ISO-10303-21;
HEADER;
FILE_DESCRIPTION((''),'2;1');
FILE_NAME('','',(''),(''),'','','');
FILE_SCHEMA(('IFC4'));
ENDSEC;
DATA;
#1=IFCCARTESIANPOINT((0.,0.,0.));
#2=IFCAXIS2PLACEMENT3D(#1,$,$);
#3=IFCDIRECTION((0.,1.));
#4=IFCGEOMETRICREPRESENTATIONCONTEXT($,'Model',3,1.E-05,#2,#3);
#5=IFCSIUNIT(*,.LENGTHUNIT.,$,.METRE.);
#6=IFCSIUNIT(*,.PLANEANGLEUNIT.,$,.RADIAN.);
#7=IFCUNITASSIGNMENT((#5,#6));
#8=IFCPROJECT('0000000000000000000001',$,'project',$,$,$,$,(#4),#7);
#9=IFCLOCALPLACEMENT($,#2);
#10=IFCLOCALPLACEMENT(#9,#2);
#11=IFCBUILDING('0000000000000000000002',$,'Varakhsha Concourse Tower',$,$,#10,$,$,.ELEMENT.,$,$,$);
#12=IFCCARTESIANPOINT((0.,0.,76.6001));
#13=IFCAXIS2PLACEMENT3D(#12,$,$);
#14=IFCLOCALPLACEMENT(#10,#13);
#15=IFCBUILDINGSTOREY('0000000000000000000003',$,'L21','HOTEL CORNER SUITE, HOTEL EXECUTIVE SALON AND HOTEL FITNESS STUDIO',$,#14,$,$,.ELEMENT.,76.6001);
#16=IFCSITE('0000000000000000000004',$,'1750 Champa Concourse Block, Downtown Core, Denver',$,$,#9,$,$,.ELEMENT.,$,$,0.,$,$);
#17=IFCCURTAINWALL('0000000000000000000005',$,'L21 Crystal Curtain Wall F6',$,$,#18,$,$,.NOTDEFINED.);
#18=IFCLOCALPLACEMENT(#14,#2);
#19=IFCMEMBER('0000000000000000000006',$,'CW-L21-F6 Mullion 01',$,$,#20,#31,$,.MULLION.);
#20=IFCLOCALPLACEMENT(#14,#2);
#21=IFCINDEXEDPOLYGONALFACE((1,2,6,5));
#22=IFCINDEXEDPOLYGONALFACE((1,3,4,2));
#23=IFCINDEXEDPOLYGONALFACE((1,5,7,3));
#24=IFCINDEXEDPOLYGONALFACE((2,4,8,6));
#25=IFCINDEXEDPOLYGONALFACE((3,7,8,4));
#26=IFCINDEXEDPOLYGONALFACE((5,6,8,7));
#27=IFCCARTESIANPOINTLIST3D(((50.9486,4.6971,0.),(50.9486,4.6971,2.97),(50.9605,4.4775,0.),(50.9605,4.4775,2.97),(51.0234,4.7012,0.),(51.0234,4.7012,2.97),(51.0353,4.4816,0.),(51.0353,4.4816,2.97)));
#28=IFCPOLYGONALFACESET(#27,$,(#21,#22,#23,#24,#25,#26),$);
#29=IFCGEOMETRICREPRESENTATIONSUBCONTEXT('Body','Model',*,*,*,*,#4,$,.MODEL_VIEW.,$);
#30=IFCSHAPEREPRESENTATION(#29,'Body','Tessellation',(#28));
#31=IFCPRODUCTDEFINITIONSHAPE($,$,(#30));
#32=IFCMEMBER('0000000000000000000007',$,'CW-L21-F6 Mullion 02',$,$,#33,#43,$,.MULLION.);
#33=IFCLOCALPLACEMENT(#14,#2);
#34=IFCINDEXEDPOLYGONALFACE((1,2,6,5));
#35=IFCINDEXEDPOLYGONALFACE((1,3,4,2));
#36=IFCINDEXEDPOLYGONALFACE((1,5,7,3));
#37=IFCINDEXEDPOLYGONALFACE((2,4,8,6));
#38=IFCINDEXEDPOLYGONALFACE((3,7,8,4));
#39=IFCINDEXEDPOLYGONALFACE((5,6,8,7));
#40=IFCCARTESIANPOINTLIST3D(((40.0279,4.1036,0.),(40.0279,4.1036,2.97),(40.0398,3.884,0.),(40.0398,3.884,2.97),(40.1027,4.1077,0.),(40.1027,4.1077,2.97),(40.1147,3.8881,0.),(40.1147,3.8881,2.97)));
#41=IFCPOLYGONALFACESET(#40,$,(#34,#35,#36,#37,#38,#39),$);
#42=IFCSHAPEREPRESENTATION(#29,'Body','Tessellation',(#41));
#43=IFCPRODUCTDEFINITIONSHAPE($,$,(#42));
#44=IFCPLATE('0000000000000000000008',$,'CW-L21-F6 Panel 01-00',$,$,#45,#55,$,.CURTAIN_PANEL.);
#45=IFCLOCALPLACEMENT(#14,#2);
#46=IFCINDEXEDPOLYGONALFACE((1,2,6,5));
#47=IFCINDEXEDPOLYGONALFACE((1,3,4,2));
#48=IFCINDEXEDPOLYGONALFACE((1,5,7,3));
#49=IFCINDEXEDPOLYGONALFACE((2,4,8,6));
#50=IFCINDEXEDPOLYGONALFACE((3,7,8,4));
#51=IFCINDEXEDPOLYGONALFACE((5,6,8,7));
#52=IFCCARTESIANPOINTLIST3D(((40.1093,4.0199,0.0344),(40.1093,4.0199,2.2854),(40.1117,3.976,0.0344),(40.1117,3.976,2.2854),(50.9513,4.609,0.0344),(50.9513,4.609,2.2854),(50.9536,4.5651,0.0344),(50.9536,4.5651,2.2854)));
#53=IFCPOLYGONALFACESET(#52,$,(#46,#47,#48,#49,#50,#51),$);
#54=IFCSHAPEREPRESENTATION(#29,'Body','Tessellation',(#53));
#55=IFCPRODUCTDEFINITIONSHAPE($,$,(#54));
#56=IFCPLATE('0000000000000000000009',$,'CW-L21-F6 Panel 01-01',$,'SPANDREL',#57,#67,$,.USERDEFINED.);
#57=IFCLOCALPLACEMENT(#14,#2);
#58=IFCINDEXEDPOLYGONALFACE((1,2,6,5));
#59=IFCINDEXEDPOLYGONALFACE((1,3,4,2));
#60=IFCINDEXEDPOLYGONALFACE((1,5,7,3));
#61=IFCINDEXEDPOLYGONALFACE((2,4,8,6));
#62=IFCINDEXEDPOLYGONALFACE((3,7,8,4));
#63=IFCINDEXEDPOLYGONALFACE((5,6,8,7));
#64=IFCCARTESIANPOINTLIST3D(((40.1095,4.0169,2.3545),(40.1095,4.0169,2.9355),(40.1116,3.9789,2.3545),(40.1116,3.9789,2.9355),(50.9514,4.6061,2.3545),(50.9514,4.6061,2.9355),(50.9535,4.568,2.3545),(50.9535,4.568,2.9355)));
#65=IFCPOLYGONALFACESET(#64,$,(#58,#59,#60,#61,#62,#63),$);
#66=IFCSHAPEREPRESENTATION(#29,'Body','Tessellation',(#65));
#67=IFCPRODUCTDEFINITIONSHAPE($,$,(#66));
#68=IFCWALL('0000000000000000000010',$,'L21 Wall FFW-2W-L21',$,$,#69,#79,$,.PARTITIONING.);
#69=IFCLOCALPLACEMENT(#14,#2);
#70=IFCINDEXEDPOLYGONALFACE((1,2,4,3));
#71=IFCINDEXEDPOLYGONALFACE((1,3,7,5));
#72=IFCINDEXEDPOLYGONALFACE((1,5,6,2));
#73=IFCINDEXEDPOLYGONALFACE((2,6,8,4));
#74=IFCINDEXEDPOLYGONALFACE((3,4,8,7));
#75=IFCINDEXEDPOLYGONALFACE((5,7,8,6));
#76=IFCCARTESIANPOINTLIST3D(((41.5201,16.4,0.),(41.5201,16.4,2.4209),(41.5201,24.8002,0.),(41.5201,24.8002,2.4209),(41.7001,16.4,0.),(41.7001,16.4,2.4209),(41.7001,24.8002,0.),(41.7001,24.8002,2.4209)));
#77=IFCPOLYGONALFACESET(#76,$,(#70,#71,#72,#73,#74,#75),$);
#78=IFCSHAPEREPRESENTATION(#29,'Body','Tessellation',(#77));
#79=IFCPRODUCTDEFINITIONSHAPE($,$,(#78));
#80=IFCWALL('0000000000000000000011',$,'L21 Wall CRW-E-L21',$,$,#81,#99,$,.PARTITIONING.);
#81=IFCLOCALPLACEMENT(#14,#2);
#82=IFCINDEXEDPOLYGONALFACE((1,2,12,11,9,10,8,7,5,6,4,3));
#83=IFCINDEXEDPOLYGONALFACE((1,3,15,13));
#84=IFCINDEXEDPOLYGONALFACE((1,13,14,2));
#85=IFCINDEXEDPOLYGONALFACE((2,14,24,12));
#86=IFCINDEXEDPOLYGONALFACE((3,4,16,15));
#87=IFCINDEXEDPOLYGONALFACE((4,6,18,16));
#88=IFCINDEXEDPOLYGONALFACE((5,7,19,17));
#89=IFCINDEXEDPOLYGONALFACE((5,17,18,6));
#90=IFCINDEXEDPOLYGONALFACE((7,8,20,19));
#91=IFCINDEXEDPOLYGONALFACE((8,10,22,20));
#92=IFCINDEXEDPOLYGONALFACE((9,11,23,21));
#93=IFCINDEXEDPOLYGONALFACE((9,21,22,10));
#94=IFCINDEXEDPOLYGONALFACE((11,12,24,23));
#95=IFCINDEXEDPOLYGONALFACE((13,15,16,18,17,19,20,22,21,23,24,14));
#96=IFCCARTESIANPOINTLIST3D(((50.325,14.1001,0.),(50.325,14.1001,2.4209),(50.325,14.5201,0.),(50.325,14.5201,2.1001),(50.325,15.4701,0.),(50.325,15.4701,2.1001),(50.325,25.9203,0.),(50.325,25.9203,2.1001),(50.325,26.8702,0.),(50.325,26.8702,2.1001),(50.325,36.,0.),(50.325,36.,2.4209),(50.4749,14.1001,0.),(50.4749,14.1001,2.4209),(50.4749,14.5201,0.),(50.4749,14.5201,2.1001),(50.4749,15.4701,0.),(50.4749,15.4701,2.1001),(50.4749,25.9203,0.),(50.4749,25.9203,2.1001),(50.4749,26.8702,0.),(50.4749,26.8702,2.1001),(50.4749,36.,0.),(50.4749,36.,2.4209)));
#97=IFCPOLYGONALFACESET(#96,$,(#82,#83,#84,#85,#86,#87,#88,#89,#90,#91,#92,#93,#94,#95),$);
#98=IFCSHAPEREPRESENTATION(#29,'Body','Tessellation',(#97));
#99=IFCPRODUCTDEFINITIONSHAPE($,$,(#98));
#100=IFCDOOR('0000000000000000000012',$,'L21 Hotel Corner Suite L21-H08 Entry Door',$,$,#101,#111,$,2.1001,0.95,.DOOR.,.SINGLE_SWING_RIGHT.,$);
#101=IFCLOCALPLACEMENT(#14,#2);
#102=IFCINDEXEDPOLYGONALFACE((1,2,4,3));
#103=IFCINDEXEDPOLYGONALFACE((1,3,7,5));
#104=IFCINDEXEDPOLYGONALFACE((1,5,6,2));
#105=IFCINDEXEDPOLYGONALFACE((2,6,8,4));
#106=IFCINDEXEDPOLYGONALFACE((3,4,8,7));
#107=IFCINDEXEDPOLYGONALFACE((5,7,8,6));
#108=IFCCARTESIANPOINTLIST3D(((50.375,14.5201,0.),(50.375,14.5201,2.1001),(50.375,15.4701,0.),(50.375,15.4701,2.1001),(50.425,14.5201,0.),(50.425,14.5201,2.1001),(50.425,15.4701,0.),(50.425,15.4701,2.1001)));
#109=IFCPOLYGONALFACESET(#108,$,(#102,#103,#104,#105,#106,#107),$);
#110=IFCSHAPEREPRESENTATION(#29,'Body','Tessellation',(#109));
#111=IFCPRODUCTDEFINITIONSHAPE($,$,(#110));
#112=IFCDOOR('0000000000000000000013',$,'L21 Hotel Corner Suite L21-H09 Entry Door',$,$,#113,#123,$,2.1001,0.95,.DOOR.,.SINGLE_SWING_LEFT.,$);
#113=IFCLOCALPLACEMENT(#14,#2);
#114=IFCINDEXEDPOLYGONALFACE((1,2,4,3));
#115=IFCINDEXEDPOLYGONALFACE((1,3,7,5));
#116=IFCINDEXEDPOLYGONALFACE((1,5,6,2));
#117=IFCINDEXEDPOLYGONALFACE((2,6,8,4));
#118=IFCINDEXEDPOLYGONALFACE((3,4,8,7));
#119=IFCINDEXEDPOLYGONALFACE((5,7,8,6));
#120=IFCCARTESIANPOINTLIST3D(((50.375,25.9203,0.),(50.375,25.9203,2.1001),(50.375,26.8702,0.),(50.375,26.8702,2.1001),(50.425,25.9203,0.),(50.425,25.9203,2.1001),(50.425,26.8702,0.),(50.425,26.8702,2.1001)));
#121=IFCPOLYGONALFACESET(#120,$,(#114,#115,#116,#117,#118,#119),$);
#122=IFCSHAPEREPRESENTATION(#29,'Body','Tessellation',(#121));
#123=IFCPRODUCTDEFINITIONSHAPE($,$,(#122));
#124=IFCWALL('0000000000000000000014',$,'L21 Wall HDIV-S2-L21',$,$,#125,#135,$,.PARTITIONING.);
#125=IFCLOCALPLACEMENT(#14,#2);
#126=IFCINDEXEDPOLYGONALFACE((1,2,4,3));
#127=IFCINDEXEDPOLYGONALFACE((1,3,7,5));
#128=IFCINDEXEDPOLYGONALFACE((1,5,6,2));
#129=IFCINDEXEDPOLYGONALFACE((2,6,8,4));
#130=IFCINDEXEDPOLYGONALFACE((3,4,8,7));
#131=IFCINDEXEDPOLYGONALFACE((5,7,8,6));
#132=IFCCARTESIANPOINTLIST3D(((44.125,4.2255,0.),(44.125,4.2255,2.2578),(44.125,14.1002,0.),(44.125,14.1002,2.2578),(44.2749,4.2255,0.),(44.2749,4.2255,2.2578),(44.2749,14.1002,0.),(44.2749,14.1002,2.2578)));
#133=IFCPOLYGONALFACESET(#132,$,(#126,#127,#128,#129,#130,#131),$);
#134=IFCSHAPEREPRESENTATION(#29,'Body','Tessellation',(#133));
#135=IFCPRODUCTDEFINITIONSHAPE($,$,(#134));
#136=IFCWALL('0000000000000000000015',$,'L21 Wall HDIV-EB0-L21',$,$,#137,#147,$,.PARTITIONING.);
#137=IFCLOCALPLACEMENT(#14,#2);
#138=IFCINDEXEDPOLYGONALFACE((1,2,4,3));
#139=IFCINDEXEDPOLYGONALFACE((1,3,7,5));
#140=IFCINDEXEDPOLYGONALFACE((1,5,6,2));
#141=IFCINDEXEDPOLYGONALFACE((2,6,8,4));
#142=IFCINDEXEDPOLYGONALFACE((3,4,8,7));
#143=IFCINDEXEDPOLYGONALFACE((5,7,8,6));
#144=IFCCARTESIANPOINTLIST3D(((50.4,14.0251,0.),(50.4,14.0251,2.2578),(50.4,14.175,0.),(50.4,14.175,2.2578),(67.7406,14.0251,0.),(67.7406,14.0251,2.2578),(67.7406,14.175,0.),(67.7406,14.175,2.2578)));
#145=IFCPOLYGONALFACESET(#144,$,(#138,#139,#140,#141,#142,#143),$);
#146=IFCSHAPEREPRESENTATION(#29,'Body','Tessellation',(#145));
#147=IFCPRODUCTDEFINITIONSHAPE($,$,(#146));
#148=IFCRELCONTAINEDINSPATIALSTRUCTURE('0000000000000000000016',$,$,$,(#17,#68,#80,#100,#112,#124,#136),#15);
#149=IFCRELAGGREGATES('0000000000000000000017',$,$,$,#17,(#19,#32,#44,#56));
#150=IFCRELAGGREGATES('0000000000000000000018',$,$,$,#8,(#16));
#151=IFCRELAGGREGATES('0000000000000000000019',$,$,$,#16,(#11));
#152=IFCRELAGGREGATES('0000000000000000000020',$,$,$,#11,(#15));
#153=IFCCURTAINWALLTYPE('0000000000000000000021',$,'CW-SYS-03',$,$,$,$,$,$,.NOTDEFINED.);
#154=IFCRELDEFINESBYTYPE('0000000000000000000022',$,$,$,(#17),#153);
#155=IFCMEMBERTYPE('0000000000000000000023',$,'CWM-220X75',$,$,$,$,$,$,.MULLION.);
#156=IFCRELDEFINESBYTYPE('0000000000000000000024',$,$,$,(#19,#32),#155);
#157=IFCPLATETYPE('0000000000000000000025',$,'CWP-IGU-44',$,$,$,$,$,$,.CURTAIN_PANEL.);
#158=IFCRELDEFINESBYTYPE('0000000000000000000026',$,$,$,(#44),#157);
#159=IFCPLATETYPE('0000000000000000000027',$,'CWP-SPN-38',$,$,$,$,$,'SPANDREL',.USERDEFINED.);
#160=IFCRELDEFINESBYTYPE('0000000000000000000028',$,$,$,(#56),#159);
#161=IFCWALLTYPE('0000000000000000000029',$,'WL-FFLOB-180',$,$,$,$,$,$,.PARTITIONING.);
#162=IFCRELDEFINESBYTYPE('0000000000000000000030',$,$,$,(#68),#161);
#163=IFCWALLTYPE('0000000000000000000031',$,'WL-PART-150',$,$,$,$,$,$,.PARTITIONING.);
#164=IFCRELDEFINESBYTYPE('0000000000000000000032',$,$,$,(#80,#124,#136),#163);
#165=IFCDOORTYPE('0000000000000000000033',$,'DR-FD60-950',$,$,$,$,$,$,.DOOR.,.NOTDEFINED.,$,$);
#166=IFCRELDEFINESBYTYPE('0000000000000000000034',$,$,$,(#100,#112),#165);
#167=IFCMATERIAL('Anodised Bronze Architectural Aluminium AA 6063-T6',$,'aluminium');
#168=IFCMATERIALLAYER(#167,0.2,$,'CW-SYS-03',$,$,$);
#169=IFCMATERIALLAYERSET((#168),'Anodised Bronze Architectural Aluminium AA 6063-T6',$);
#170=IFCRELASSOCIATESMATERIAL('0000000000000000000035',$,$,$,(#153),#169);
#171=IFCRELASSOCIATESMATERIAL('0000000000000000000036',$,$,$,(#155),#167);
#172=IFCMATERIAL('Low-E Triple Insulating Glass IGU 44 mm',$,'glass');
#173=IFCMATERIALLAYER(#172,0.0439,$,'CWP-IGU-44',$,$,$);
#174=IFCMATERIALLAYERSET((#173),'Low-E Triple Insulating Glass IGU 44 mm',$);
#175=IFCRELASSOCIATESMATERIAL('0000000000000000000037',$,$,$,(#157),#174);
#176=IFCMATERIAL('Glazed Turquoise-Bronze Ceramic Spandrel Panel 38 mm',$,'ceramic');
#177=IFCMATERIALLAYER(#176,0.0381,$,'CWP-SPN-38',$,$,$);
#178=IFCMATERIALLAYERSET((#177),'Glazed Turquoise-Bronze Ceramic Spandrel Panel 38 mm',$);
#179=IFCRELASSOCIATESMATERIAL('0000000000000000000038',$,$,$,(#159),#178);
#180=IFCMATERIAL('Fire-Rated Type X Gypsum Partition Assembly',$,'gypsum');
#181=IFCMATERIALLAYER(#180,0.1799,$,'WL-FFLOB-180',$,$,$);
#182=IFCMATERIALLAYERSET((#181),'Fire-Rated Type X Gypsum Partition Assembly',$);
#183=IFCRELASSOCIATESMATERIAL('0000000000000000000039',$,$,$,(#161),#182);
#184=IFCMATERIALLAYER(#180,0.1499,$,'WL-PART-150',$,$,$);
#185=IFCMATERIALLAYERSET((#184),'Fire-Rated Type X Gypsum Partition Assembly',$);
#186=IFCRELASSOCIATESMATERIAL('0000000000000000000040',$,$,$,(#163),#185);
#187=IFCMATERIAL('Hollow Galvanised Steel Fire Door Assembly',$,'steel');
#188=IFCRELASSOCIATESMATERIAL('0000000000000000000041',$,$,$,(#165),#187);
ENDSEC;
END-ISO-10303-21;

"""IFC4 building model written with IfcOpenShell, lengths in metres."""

from ifc_helpers import new_model, si_unit, direction, frame, frame_2d, origin, origin_2d, place, context, subcontext, project, spatial, rectangle, extrude, source, transform, mapped, material, layer, layer_set, material_profile, profile_set, type_object, type_shapes, element, fill, aggregate, save


model = new_model("IFC4")

# Units and contexts
model_context = context("Model", 3, precision=1e-05, world=origin(), true_north=direction((0.0, 1.0)))
body_context = subcontext(model_context, "Body", "Model", "MODEL_VIEW")
ifc_project = project(units=[si_unit("LENGTHUNIT", "METRE"), si_unit("PLANEANGLEUNIT", "RADIAN")], contexts=[model_context])

# Site, building, storey
site_placement = place(None, origin())
site = spatial("IfcSite", under=ifc_project, at=site_placement, Name="1750 Champa Concourse Block, Downtown Core, Denver", CompositionType="ELEMENT", RefElevation=0.0)
building_placement = place(site_placement, origin())
building = spatial("IfcBuilding", under=site, at=building_placement, Name="Varakhsha Concourse Tower", CompositionType="ELEMENT")
storey_placement = place(building_placement, frame((0.0, 0.0, 76.6001)))
storey = spatial("IfcBuildingStorey", under=building, at=storey_placement, Name="L21", Description="HOTEL CORNER SUITE, HOTEL EXECUTIVE SALON AND HOTEL FITNESS STUDIO", CompositionType="ELEMENT", Elevation=76.6001)

# Shared definitions
ifc_material_1 = material(Name="Anodised Bronze Architectural Aluminium AA 6063-T6", Category="aluminium")
ifc_layer_1 = layer(ifc_material_1, 0.2, Name="CW-SYS-03")
ifc_layer_set_1 = layer_set([ifc_layer_1], Name="Anodised Bronze Architectural Aluminium AA 6063-T6")
curtain_wall_type = type_object("IfcCurtainWallType", Name="CW-SYS-03", PredefinedType="NOTDEFINED", material=ifc_layer_set_1)
ifc_material_profile_1 = material_profile(ifc_material_1, rectangle(XDim=0.075, YDim=0.22, at=origin_2d()), Name="CWM-220X75")
ifc_profile_set_1 = profile_set([ifc_material_profile_1], Name="Anodised Bronze Architectural Aluminium AA 6063-T6")
member_type_1 = type_object("IfcMemberType", Name="CWM-220X75", PredefinedType="MULLION", material=ifc_profile_set_1)
shared_shape_1 = source(origin(), body_context, "Body", "SweptSolid", [
    extrude(rectangle(XDim=0.075, YDim=0.22, at=origin_2d()), origin(), (0.0, 0.0, 1.0), 2.97),
])
type_shapes(member_type_1, [shared_shape_1])

# Curtain wall, members, plates
curtain_wall_1_placement = place(storey_placement, origin())
curtain_wall_1 = element("IfcCurtainWall", 1, at=curtain_wall_1_placement, inside=storey, type_object=curtain_wall_type, Name="L21 Crystal Curtain Wall F6", PredefinedType="NOTDEFINED")
member_1_placement = place(storey_placement, frame((50.9919, 4.5894, 0.0), z_axis=(0.0, 0.0, 1.0), x_axis=(-0.998527, -0.054257, 0.0)))
member_1 = element("IfcMember", 2, at=member_1_placement, type_object=member_type_1, Name="CW-L21-F6 Mullion 01", PredefinedType="MULLION", context=body_context, shape_type="MappedRepresentation", body=[
    mapped(shared_shape_1, transform((0.0, 0.0, 0.0), scale=1.0)),
])
member_2_placement = place(storey_placement, frame((40.0713, 3.9958, 0.0), z_axis=(0.0, 0.0, 1.0), x_axis=(-0.998527, -0.054257, 0.0)))
member_2 = element("IfcMember", 3, at=member_2_placement, type_object=member_type_1, Name="CW-L21-F6 Mullion 02", PredefinedType="MULLION", context=body_context, shape_type="MappedRepresentation", body=[
    mapped(shared_shape_1, transform((0.0, 0.0, 0.0), scale=1.0)),
])
ifc_material_2 = material(Name="Low-E Triple Insulating Glass IGU 44 mm", Category="glass")
ifc_layer_2 = layer(ifc_material_2, 0.0439, Name="CWP-IGU-44")
ifc_layer_set_2 = layer_set([ifc_layer_2], Name="Low-E Triple Insulating Glass IGU 44 mm")
plate_type_1 = type_object("IfcPlateType", Name="CWP-IGU-44", PredefinedType="CURTAIN_PANEL", material=ifc_layer_set_2)
shared_shape_2 = source(origin(), body_context, "Body", "SweptSolid", [
    extrude(rectangle(XDim=10.8579, YDim=0.0439, at=origin_2d()), origin(), (0.0, 0.0, 1.0), 2.251),
])
type_shapes(plate_type_1, [shared_shape_2])
plate_1_placement = place(storey_placement, frame((45.5315, 4.2925, 0.0344), z_axis=(0.0, 0.0, 1.0), x_axis=(-0.998527, -0.054257, 0.0)))
plate_1 = element("IfcPlate", 4, at=plate_1_placement, type_object=plate_type_1, Name="CW-L21-F6 Panel 01-00", PredefinedType="CURTAIN_PANEL", context=body_context, shape_type="MappedRepresentation", body=[
    mapped(shared_shape_2, transform((0.0, 0.0, 0.0), scale=1.0)),
])
ifc_material_3 = material(Name="Glazed Turquoise-Bronze Ceramic Spandrel Panel 38 mm", Category="ceramic")
ifc_layer_3 = layer(ifc_material_3, 0.0381, Name="CWP-SPN-38")
ifc_layer_set_3 = layer_set([ifc_layer_3], Name="Glazed Turquoise-Bronze Ceramic Spandrel Panel 38 mm")
plate_type_2 = type_object("IfcPlateType", Name="CWP-SPN-38", ElementType="SPANDREL", PredefinedType="USERDEFINED", material=ifc_layer_set_3)
shared_shape_3 = source(origin(), body_context, "Body", "SweptSolid", [
    extrude(rectangle(XDim=10.8579, YDim=0.0381, at=origin_2d()), origin(), (0.0, 0.0, 1.0), 0.5811),
])
type_shapes(plate_type_2, [shared_shape_3])
plate_2_placement = place(storey_placement, frame((45.5315, 4.2925, 2.3545), z_axis=(0.0, 0.0, 1.0), x_axis=(-0.998527, -0.054257, 0.0)))
plate_2 = element("IfcPlate", 5, at=plate_2_placement, type_object=plate_type_2, Name="CW-L21-F6 Panel 01-01", ObjectType="SPANDREL", PredefinedType="USERDEFINED", context=body_context, shape_type="MappedRepresentation", body=[
    mapped(shared_shape_3, transform((0.0, 0.0, 0.0), scale=1.0)),
])
aggregate(curtain_wall_1, [member_1, member_2, plate_1, plate_2])

# Wall
ifc_material_4 = material(Name="Fire-Rated Type X Gypsum Partition Assembly", Category="gypsum")
ifc_layer_4 = layer(ifc_material_4, 0.1799, Name="WL-FFLOB-180")
ifc_layer_set_4 = layer_set([ifc_layer_4], Name="Fire-Rated Type X Gypsum Partition Assembly")
wall_type_1 = type_object("IfcWallType", Name="WL-FFLOB-180", PredefinedType="PARTITIONING", material=ifc_layer_set_4)
wall_1_placement = place(storey_placement, frame((41.6101, 16.3999, 0.0), z_axis=(0.0, 0.0, 1.0), x_axis=(0.0, 1.0, 0.0)))
element("IfcWall", 6, at=wall_1_placement, inside=storey, type_object=wall_type_1, Name="L21 Wall FFW-2W-L21", PredefinedType="PARTITIONING", context=body_context, shape_type="SweptSolid", body=[
    extrude(rectangle(XDim=8.4001, YDim=0.1799, at=frame_2d((4.2002, 0.0))), origin(), (0.0, 0.0, 1.0), 2.4209),
])

# Wall, openings, doors
ifc_layer_5 = layer(ifc_material_4, 0.1499, Name="WL-PART-150")
ifc_layer_set_5 = layer_set([ifc_layer_5], Name="Fire-Rated Type X Gypsum Partition Assembly")
wall_type_2 = type_object("IfcWallType", Name="WL-PART-150", PredefinedType="PARTITIONING", material=ifc_layer_set_5)
wall_2_placement = place(storey_placement, frame((50.3999, 14.1001, 0.0), z_axis=(0.0, 0.0, 1.0), x_axis=(0.0, 1.0, 0.0)))
wall_2 = element("IfcWall", 7, at=wall_2_placement, inside=storey, type_object=wall_type_2, Name="L21 Wall CRW-E-L21", PredefinedType="PARTITIONING", context=body_context, shape_type="SweptSolid", body=[
    extrude(rectangle(XDim=21.8999, YDim=0.1499, at=frame_2d((10.95, 0.0))), origin(), (0.0, 0.0, 1.0), 2.4209),
])
opening_1_placement = place(wall_2_placement, frame((0.4199, 0.0, 0.0)))
opening_1 = element("IfcOpeningElement", 8, at=opening_1_placement, cuts=wall_2, PredefinedType="OPENING", context=body_context, shape_type="SweptSolid", body=[
    extrude(rectangle(XDim=0.95, YDim=2.1001, at=frame_2d((0.4751, 1.05))), frame((0.0, 0.085, 0.0), z_axis=(0.0, -1.0, 0.0), x_axis=(1.0, 0.0, 0.0)), (0.0, 0.0, 1.0), 0.1699),
])
opening_2_placement = place(wall_2_placement, frame((11.8201, 0.0, 0.0)))
opening_2 = element("IfcOpeningElement", 9, at=opening_2_placement, cuts=wall_2, PredefinedType="OPENING", context=body_context, shape_type="SweptSolid", body=[
    extrude(rectangle(XDim=0.95, YDim=2.1001, at=frame_2d((0.4751, 1.05))), frame((0.0, 0.085, 0.0), z_axis=(0.0, -1.0, 0.0), x_axis=(1.0, 0.0, 0.0)), (0.0, 0.0, 1.0), 0.1699),
])
ifc_material_5 = material(Name="Hollow Galvanised Steel Fire Door Assembly", Category="steel")
door_type_1 = type_object("IfcDoorType", Name="DR-FD60-950", OperationType="NOTDEFINED", PredefinedType="DOOR", material=ifc_material_5)
door_1_placement = place(opening_1_placement, origin())
door_1 = element("IfcDoor", 10, at=door_1_placement, inside=storey, type_object=door_type_1, Name="L21 Hotel Corner Suite L21-H08 Entry Door", OperationType="SINGLE_SWING_RIGHT", OverallHeight=2.1001, OverallWidth=0.95, PredefinedType="DOOR", context=body_context, shape_type="SweptSolid", body=[
    extrude(rectangle(XDim=0.95, YDim=2.1001, at=frame_2d((0.4751, 1.05))), frame((0.0, 0.0249, 0.0), z_axis=(0.0, -1.0, 0.0), x_axis=(1.0, 0.0, 0.0)), (0.0, 0.0, 1.0), 0.05),
])
fill(opening_1, door_1)
door_2_placement = place(opening_2_placement, origin())
door_2 = element("IfcDoor", 11, at=door_2_placement, inside=storey, type_object=door_type_1, Name="L21 Hotel Corner Suite L21-H09 Entry Door", OperationType="SINGLE_SWING_LEFT", OverallHeight=2.1001, OverallWidth=0.95, PredefinedType="DOOR", context=body_context, shape_type="SweptSolid", body=[
    extrude(rectangle(XDim=0.95, YDim=2.1001, at=frame_2d((0.4751, 1.05))), frame((0.0, 0.0249, 0.0), z_axis=(0.0, -1.0, 0.0), x_axis=(1.0, 0.0, 0.0)), (0.0, 0.0, 1.0), 0.05),
])
fill(opening_2, door_2)

# Walls
wall_3_placement = place(storey_placement, frame((44.2, 4.2253, 0.0), z_axis=(0.0, 0.0, 1.0), x_axis=(0.0, 1.0, 0.0)))
element("IfcWall", 12, at=wall_3_placement, inside=storey, type_object=wall_type_2, Name="L21 Wall HDIV-S2-L21", PredefinedType="PARTITIONING", context=body_context, shape_type="SweptSolid", body=[
    extrude(rectangle(XDim=9.8748, YDim=0.1499, at=frame_2d((4.9375, 0.0))), origin(), (0.0, 0.0, 1.0), 2.2578),
])
wall_4_placement = place(storey_placement, frame((50.3999, 14.1001, 0.0), z_axis=(0.0, 0.0, 1.0), x_axis=(1.0, 0.0, 0.0)))
element("IfcWall", 13, at=wall_4_placement, inside=storey, type_object=wall_type_2, Name="L21 Wall HDIV-EB0-L21", PredefinedType="PARTITIONING", context=body_context, shape_type="SweptSolid", body=[
    extrude(rectangle(XDim=17.3406, YDim=0.1499, at=frame_2d((8.6704, 0.0))), origin(), (0.0, 0.0, 1.0), 2.2578),
])

save(model, "model.ifc")
